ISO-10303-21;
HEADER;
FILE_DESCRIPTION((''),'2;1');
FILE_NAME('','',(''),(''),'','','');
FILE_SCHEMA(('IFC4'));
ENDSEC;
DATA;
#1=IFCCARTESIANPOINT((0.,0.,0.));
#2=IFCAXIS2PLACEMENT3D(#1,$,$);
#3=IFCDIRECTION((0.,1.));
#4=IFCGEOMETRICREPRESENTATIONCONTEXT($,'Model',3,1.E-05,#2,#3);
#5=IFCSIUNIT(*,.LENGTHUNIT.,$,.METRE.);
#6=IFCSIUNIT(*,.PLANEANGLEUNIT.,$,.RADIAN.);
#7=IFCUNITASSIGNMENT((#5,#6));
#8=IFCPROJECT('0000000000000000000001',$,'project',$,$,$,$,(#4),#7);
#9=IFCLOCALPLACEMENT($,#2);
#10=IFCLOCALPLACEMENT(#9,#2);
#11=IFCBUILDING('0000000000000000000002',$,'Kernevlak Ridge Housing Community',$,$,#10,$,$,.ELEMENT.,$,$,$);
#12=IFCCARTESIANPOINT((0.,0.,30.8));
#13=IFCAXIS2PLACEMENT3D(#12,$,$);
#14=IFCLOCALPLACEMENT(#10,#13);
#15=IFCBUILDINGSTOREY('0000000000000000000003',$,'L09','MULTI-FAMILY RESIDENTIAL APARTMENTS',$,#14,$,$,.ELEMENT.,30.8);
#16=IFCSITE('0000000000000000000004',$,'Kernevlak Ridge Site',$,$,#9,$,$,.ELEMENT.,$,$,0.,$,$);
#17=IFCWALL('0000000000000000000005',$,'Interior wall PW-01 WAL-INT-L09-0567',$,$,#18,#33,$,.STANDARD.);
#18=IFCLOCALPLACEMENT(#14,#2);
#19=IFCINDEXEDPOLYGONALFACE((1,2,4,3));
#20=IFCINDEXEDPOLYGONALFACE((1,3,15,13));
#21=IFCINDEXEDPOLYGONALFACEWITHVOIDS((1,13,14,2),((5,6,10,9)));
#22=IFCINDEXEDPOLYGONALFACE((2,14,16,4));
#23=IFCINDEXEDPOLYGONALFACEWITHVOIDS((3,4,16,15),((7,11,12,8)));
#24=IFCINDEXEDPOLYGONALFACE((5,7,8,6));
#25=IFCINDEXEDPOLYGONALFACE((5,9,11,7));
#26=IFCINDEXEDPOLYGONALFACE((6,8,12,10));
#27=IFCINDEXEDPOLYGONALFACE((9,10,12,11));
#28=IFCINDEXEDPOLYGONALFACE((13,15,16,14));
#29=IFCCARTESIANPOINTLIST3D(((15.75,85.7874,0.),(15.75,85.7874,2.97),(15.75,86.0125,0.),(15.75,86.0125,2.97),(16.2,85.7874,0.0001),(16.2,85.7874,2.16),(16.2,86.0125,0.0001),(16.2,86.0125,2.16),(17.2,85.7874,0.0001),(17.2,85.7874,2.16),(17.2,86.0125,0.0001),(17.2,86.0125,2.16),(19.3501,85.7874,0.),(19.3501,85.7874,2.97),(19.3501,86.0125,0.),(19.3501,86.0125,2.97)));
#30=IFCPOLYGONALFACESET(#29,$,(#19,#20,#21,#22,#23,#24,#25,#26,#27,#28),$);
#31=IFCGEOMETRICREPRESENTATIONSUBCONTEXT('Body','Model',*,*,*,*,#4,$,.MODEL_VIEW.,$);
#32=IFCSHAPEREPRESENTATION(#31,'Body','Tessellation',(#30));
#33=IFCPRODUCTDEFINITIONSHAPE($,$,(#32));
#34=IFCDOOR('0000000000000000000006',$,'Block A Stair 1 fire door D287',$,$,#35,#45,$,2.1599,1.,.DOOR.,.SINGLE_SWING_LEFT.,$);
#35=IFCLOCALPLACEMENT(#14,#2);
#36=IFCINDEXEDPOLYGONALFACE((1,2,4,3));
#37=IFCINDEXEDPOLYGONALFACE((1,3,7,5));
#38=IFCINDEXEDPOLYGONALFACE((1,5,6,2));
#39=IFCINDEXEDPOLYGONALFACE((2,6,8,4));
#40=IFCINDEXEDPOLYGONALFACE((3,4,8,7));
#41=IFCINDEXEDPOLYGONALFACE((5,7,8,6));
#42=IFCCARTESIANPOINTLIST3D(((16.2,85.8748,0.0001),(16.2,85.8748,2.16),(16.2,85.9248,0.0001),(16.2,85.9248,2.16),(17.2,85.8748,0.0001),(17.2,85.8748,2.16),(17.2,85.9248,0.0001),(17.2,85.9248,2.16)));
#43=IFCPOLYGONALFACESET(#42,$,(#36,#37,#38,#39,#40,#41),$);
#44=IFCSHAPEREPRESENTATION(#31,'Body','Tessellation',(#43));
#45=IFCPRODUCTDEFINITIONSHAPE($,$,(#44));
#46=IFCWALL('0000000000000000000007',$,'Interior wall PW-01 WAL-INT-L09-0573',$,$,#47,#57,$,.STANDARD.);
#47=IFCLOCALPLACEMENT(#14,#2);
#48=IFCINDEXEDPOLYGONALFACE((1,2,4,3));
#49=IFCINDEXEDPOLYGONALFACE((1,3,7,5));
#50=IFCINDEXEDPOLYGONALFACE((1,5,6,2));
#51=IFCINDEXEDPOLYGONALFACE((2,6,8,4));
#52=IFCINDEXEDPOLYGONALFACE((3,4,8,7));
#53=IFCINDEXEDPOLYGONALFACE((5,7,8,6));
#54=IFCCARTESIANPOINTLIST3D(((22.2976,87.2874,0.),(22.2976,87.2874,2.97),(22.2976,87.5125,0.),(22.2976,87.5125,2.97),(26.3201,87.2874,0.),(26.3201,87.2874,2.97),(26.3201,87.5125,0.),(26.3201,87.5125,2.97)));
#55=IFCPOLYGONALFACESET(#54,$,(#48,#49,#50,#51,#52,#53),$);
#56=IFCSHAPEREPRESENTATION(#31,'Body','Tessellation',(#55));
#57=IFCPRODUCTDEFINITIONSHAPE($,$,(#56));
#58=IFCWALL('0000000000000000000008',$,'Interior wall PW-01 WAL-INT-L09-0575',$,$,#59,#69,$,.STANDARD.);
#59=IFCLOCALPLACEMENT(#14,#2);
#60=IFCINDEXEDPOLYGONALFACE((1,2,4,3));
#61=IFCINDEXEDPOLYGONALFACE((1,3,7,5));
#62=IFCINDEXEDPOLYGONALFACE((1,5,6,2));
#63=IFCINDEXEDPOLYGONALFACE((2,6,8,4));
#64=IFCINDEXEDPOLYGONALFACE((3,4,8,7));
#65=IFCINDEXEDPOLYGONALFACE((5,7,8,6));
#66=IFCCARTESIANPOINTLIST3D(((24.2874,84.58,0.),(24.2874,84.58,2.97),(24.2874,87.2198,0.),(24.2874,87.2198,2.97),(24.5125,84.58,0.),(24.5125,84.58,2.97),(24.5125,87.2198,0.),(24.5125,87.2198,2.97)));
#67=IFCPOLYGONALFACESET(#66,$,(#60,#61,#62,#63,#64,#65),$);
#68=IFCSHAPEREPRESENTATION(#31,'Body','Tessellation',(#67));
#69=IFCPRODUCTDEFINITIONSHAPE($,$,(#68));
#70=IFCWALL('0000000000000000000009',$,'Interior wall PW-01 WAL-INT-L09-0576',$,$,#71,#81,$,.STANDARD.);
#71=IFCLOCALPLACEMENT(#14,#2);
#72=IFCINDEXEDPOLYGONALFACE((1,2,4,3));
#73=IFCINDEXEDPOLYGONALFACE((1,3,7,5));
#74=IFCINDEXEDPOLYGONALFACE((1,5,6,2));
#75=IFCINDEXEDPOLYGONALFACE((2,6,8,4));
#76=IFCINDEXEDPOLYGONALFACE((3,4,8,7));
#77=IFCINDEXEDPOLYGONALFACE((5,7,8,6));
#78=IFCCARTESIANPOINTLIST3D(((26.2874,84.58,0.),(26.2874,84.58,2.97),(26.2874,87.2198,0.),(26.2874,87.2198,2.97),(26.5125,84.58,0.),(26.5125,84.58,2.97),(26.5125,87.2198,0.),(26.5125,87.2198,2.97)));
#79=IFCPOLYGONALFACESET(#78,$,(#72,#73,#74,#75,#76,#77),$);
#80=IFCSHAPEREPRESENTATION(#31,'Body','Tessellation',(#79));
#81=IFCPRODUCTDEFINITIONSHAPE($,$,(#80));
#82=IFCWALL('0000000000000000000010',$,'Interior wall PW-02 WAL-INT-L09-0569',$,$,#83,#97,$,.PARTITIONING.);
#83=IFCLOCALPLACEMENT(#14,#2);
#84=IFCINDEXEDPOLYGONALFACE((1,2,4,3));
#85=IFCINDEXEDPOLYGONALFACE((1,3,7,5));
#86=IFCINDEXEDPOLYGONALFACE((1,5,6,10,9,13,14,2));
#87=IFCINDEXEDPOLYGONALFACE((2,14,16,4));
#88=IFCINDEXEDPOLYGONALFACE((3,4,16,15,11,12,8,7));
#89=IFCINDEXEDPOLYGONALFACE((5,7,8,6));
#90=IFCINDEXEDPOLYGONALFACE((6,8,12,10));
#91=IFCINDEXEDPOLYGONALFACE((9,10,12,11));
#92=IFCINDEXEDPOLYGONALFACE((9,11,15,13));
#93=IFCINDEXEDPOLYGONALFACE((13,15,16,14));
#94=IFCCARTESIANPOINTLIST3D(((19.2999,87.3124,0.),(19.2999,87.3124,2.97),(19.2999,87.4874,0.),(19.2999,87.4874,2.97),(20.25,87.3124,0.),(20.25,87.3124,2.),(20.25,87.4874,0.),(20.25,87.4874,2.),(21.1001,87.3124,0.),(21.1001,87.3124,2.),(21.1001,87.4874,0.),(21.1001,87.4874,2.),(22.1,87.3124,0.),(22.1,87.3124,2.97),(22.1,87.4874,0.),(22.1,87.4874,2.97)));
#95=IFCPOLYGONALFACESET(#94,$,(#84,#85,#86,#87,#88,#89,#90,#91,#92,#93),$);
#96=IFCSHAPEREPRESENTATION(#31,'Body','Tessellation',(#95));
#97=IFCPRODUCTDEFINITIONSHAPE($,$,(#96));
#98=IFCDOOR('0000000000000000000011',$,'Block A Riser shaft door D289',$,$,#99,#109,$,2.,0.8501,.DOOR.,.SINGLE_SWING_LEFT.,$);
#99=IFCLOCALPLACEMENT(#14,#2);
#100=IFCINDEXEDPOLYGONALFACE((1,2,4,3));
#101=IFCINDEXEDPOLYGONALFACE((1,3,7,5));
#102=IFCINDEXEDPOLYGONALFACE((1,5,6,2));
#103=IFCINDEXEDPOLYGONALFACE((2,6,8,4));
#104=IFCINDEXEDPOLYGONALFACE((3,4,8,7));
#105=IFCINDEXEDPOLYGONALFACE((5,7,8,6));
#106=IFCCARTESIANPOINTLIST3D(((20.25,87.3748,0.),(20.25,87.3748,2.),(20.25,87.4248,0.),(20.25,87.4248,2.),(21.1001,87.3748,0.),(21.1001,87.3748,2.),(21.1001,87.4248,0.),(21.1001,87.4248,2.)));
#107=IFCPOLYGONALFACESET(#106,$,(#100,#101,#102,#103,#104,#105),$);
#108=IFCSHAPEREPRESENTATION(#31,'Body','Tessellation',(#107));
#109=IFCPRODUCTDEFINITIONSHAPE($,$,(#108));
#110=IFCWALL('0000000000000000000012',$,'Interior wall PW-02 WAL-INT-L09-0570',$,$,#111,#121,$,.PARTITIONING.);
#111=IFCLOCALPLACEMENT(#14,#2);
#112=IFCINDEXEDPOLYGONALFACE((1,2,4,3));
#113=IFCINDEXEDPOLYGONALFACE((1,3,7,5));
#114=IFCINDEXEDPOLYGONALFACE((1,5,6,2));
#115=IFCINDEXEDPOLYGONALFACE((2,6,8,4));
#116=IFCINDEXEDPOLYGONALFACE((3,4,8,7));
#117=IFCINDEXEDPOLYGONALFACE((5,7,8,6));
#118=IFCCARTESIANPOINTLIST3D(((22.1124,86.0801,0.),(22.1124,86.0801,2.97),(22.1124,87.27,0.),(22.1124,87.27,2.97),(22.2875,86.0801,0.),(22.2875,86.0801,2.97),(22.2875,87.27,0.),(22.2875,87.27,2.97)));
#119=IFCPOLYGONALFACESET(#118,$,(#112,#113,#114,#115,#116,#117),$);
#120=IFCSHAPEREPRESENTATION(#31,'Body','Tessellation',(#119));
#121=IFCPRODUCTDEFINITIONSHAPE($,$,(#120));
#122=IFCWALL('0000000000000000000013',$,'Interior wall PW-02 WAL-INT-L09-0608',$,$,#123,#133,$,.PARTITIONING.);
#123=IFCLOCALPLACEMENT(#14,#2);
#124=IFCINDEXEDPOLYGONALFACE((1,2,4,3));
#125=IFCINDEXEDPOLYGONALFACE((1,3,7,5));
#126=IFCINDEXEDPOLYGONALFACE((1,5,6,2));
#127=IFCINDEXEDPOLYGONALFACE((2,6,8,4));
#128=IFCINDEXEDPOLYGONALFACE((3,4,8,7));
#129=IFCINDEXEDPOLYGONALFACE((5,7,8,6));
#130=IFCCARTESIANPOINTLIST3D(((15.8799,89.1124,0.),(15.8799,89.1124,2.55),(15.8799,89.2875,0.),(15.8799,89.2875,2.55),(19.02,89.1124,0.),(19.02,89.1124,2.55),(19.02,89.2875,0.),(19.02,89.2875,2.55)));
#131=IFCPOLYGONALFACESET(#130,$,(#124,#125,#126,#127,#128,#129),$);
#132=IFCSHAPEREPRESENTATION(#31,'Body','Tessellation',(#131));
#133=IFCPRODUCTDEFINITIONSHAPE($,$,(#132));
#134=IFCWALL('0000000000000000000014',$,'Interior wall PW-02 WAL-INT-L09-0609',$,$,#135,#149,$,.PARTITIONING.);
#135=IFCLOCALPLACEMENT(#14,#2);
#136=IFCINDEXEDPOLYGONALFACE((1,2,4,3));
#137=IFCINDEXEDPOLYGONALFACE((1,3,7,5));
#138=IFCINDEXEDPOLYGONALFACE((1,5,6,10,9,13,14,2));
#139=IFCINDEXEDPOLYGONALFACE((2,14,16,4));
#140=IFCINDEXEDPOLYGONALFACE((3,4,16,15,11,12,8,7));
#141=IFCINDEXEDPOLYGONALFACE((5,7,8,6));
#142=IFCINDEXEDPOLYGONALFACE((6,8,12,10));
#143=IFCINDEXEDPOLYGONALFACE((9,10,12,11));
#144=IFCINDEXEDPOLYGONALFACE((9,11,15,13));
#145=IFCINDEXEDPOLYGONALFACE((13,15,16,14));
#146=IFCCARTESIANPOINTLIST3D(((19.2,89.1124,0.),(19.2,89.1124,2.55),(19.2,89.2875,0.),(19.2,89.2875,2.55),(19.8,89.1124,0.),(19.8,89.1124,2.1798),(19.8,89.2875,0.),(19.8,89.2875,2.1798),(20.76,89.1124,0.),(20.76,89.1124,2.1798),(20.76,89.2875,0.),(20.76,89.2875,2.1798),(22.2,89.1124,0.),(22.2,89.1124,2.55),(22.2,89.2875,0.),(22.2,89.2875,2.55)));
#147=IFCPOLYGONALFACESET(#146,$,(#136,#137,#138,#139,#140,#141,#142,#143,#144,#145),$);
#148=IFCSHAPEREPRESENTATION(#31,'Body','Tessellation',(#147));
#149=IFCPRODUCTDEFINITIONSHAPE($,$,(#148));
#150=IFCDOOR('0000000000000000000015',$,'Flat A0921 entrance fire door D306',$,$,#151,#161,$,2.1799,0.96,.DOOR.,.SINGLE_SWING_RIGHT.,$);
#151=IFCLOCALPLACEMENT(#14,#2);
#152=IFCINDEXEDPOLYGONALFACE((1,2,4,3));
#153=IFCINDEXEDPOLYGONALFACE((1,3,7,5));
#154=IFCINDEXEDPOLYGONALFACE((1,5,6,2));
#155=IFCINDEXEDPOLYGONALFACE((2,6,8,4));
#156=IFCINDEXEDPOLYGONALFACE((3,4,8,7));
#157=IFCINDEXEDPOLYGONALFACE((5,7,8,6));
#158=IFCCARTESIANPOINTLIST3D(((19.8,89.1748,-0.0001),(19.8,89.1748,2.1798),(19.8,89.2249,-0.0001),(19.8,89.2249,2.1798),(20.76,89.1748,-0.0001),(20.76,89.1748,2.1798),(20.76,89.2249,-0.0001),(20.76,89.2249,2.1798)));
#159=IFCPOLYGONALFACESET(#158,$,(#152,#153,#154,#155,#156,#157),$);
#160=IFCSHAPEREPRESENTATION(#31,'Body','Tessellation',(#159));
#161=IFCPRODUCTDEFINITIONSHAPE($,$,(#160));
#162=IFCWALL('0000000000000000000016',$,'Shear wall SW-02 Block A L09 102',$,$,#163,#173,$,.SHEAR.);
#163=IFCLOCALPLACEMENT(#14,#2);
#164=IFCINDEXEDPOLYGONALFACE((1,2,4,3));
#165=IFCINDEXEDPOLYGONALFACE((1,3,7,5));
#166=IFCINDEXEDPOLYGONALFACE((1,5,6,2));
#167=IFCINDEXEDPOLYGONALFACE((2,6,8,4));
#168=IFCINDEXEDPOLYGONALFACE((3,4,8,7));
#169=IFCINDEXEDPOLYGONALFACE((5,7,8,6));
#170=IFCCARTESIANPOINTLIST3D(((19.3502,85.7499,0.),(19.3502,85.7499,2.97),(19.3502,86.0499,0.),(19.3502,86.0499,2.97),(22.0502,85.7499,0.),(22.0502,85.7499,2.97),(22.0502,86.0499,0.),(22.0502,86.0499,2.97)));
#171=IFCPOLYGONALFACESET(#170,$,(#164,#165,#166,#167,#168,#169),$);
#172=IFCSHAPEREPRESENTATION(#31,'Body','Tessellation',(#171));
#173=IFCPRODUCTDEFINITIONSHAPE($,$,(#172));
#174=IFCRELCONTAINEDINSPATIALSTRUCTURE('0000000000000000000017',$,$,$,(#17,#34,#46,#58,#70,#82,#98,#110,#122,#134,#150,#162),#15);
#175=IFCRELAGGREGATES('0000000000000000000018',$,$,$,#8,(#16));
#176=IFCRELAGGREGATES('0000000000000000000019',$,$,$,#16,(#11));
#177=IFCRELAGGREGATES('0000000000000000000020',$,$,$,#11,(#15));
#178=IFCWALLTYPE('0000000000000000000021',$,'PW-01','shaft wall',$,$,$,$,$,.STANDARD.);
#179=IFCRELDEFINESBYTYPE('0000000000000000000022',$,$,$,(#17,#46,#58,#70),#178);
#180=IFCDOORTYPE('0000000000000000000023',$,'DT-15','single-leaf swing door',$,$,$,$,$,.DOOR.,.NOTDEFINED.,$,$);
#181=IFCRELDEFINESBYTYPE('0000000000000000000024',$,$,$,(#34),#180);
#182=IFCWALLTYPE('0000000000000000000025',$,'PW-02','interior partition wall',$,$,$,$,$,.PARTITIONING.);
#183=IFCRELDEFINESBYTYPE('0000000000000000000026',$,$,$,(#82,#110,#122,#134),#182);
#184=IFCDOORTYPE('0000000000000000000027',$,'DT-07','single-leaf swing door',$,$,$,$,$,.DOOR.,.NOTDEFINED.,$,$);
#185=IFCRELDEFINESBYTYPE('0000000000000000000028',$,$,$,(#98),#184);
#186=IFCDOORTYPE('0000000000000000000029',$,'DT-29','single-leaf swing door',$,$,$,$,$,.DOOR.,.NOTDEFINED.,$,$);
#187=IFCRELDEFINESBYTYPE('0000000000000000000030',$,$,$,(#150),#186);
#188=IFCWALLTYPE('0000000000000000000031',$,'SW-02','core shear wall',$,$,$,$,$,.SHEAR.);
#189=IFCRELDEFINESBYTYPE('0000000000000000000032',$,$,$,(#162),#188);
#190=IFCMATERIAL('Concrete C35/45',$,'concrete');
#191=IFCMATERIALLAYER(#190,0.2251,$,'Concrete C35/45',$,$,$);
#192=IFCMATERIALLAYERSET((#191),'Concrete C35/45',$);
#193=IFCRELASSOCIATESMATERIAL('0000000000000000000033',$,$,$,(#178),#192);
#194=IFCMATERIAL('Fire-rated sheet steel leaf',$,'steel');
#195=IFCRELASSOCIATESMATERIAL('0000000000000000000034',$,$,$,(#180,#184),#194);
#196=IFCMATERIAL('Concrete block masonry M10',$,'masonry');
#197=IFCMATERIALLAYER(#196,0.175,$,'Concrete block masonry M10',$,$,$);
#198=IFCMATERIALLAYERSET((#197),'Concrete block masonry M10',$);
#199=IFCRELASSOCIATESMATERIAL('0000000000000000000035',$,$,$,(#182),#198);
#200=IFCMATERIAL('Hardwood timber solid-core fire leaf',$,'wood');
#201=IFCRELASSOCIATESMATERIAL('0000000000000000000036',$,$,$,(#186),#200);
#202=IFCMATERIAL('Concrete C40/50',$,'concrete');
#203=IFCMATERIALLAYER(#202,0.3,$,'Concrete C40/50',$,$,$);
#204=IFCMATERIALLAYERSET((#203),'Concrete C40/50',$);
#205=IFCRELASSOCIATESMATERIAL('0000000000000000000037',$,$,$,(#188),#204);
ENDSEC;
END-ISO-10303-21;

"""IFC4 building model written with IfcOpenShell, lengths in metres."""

from ifc_helpers import new_model, si_unit, direction, frame, frame_2d, origin, place, context, subcontext, project, spatial, rectangle, extrude, material, layer, layer_set, type_object, element, fill, save


model = new_model("IFC4")

# Units and contexts
model_context = context("Model", 3, precision=1e-05, world=origin(), true_north=direction((0.0, 1.0)))
body_context = subcontext(model_context, "Body", "Model", "MODEL_VIEW")
ifc_project = project(units=[si_unit("LENGTHUNIT", "METRE"), si_unit("PLANEANGLEUNIT", "RADIAN")], contexts=[model_context])

# Site, building, storey
site_placement = place(None, origin())
site = spatial("IfcSite", under=ifc_project, at=site_placement, Name="Kernevlak Ridge Site", CompositionType="ELEMENT", RefElevation=0.0)
building_placement = place(site_placement, origin())
building = spatial("IfcBuilding", under=site, at=building_placement, Name="Kernevlak Ridge Housing Community", CompositionType="ELEMENT")
storey_placement = place(building_placement, frame((0.0, 0.0, 30.8)))
storey = spatial("IfcBuildingStorey", under=building, at=storey_placement, Name="L09", Description="MULTI-FAMILY RESIDENTIAL APARTMENTS", CompositionType="ELEMENT", Elevation=30.8)

# Shared definitions
ifc_material_1 = material(Name="Concrete C40/50", Category="concrete")

# Shared definitions
ifc_material_2 = material(Name="Concrete C35/45", Category="concrete")

# Wall, opening, door
ifc_layer_1 = layer(ifc_material_2, 0.2251, Name="Concrete C35/45")
ifc_layer_set_1 = layer_set([ifc_layer_1], Name="Concrete C35/45")
wall_type_1 = type_object("IfcWallType", Name="PW-01", Description="shaft wall", PredefinedType="STANDARD", material=ifc_layer_set_1)
wall_1_placement = place(storey_placement, frame((15.75, 85.8999, 0.0), z_axis=(0.0, 0.0, 1.0), x_axis=(1.0, 0.0, 0.0)))
wall_1 = element("IfcWall", 1, at=wall_1_placement, inside=storey, type_object=wall_type_1, Name="Interior wall PW-01 WAL-INT-L09-0567", PredefinedType="STANDARD", context=body_context, shape_type="SweptSolid", body=[
    extrude(rectangle(XDim=3.6001, YDim=0.2251, at=frame_2d((1.8, 0.0))), origin(), (0.0, 0.0, 1.0), 2.97),
])
opening_1_placement = place(wall_1_placement, frame((0.45, 0.0, 0.0)))
opening_1 = element("IfcOpeningElement", 2, at=opening_1_placement, cuts=wall_1, PredefinedType="OPENING", context=body_context, shape_type="SweptSolid", body=[
    extrude(rectangle(XDim=1.0, YDim=2.1599, at=frame_2d((0.5, 1.0801))), frame((0.0, 0.1226, 0.0), z_axis=(0.0, -1.0, 0.0), x_axis=(1.0, 0.0, 0.0)), (0.0, 0.0, 1.0), 0.2451),
])
ifc_material_3 = material(Name="Fire-rated sheet steel leaf", Category="steel")
door_type_1 = type_object("IfcDoorType", Name="DT-15", Description="single-leaf swing door", OperationType="NOTDEFINED", PredefinedType="DOOR", material=ifc_material_3)
door_1_placement = place(opening_1_placement, origin())
door_1 = element("IfcDoor", 3, at=door_1_placement, inside=storey, type_object=door_type_1, Name="Block A Stair 1 fire door D287", OperationType="SINGLE_SWING_LEFT", OverallHeight=2.1599, OverallWidth=1.0, PredefinedType="DOOR", context=body_context, shape_type="SweptSolid", body=[
    extrude(rectangle(XDim=1.0, YDim=2.1599, at=frame_2d((0.5, 1.0801))), frame((0.0, 0.0249, 0.0), z_axis=(0.0, -1.0, 0.0), x_axis=(1.0, 0.0, 0.0)), (0.0, 0.0, 1.0), 0.05),
])
fill(opening_1, door_1)

# Walls
wall_2_placement = place(storey_placement, frame((22.2976, 87.3999, 0.0), z_axis=(0.0, 0.0, 1.0), x_axis=(1.0, 0.0, 0.0)))
element("IfcWall", 4, at=wall_2_placement, inside=storey, type_object=wall_type_1, Name="Interior wall PW-01 WAL-INT-L09-0573", PredefinedType="STANDARD", context=body_context, shape_type="SweptSolid", body=[
    extrude(rectangle(XDim=4.0225, YDim=0.2251, at=frame_2d((2.0112, 0.0))), origin(), (0.0, 0.0, 1.0), 2.97),
])
for number, where, z_axis, x_axis, name in (
    (5, (24.3999, 84.5801, 0.0), (0.0, 0.0, 1.0), (0.0, 1.0, 0.0), "Interior wall PW-01 WAL-INT-L09-0575"),
    (6, (26.3999, 84.5801, 0.0), (0.0, 0.0, 1.0), (0.0, 1.0, 0.0), "Interior wall PW-01 WAL-INT-L09-0576"),
):
    element("IfcWall", number, at=place(storey_placement, frame(where, z_axis=z_axis, x_axis=x_axis)), inside=storey, type_object=wall_type_1, Name=name, PredefinedType="STANDARD", context=body_context, shape_type="SweptSolid", body=[
        extrude(rectangle(XDim=2.6399, YDim=0.2251, at=frame_2d((1.3198, 0.0))), origin(), (0.0, 0.0, 1.0), 2.97),
    ])

# Wall, opening, door
ifc_material_4 = material(Name="Concrete block masonry M10", Category="masonry")
ifc_layer_2 = layer(ifc_material_4, 0.175, Name="Concrete block masonry M10")
ifc_layer_set_2 = layer_set([ifc_layer_2], Name="Concrete block masonry M10")
wall_type_2 = type_object("IfcWallType", Name="PW-02", Description="interior partition wall", PredefinedType="PARTITIONING", material=ifc_layer_set_2)
wall_3_placement = place(storey_placement, frame((19.3, 87.3999, 0.0), z_axis=(0.0, 0.0, 1.0), x_axis=(1.0, 0.0, 0.0)))
wall_3 = element("IfcWall", 7, at=wall_3_placement, inside=storey, type_object=wall_type_2, Name="Interior wall PW-02 WAL-INT-L09-0569", PredefinedType="PARTITIONING", context=body_context, shape_type="SweptSolid", body=[
    extrude(rectangle(XDim=2.8, YDim=0.175, at=frame_2d((1.3999, 0.0))), origin(), (0.0, 0.0, 1.0), 2.97),
])
opening_2_placement = place(wall_3_placement, frame((0.95, 0.0, 0.0)))
opening_2 = element("IfcOpeningElement", 8, at=opening_2_placement, cuts=wall_3, PredefinedType="OPENING", context=body_context, shape_type="SweptSolid", body=[
    extrude(rectangle(XDim=0.8501, YDim=2.0, at=frame_2d((0.425, 1.0))), frame((0.0, 0.0974, 0.0), z_axis=(0.0, -1.0, 0.0), x_axis=(1.0, 0.0, 0.0)), (0.0, 0.0, 1.0), 0.1951),
])
door_type_2 = type_object("IfcDoorType", Name="DT-07", Description="single-leaf swing door", OperationType="NOTDEFINED", PredefinedType="DOOR", material=ifc_material_3)
door_2_placement = place(opening_2_placement, origin())
door_2 = element("IfcDoor", 9, at=door_2_placement, inside=storey, type_object=door_type_2, Name="Block A Riser shaft door D289", OperationType="SINGLE_SWING_LEFT", OverallHeight=2.0, OverallWidth=0.8501, PredefinedType="DOOR", context=body_context, shape_type="SweptSolid", body=[
    extrude(rectangle(XDim=0.8501, YDim=2.0, at=frame_2d((0.425, 1.0))), frame((0.0, 0.0249, 0.0), z_axis=(0.0, -1.0, 0.0), x_axis=(1.0, 0.0, 0.0)), (0.0, 0.0, 1.0), 0.05),
])
fill(opening_2, door_2)

# Walls
wall_4_placement = place(storey_placement, frame((22.2, 86.0801, 0.0), z_axis=(0.0, 0.0, 1.0), x_axis=(0.0, 1.0, 0.0)))
element("IfcWall", 10, at=wall_4_placement, inside=storey, type_object=wall_type_2, Name="Interior wall PW-02 WAL-INT-L09-0570", PredefinedType="PARTITIONING", context=body_context, shape_type="SweptSolid", body=[
    extrude(rectangle(XDim=1.1899, YDim=0.175, at=frame_2d((0.595, 0.0))), origin(), (0.0, 0.0, 1.0), 2.97),
])
wall_5_placement = place(storey_placement, frame((15.8799, 89.2, 0.0), z_axis=(0.0, 0.0, 1.0), x_axis=(1.0, 0.0, 0.0)))
element("IfcWall", 11, at=wall_5_placement, inside=storey, type_object=wall_type_2, Name="Interior wall PW-02 WAL-INT-L09-0608", PredefinedType="PARTITIONING", context=body_context, shape_type="SweptSolid", body=[
    extrude(rectangle(XDim=3.1401, YDim=0.175, at=frame_2d((1.5701, 0.0))), origin(), (0.0, 0.0, 1.0), 2.55),
])

# Wall, opening, door
wall_6_placement = place(storey_placement, frame((19.2, 89.2, 0.0), z_axis=(0.0, 0.0, 1.0), x_axis=(1.0, 0.0, 0.0)))
wall_6 = element("IfcWall", 12, at=wall_6_placement, inside=storey, type_object=wall_type_2, Name="Interior wall PW-02 WAL-INT-L09-0609", PredefinedType="PARTITIONING", context=body_context, shape_type="SweptSolid", body=[
    extrude(rectangle(XDim=3.0, YDim=0.175, at=frame_2d((1.5, 0.0))), origin(), (0.0, 0.0, 1.0), 2.55),
])
opening_3_placement = place(wall_6_placement, frame((0.6001, 0.0, 0.0)))
opening_3 = element("IfcOpeningElement", 13, at=opening_3_placement, cuts=wall_6, PredefinedType="OPENING", context=body_context, shape_type="SweptSolid", body=[
    extrude(rectangle(XDim=0.96, YDim=2.1799, at=frame_2d((0.48, 1.0898))), frame((0.0, 0.0974, 0.0), z_axis=(0.0, -1.0, 0.0), x_axis=(1.0, 0.0, 0.0)), (0.0, 0.0, 1.0), 0.1951),
])
ifc_material_5 = material(Name="Hardwood timber solid-core fire leaf", Category="wood")
door_type_3 = type_object("IfcDoorType", Name="DT-29", Description="single-leaf swing door", OperationType="NOTDEFINED", PredefinedType="DOOR", material=ifc_material_5)
door_3_placement = place(opening_3_placement, origin())
door_3 = element("IfcDoor", 14, at=door_3_placement, inside=storey, type_object=door_type_3, Name="Flat A0921 entrance fire door D306", OperationType="SINGLE_SWING_RIGHT", OverallHeight=2.1799, OverallWidth=0.96, PredefinedType="DOOR", context=body_context, shape_type="SweptSolid", body=[
    extrude(rectangle(XDim=0.96, YDim=2.1799, at=frame_2d((0.48, 1.0898))), frame((0.0, 0.0249, 0.0), z_axis=(0.0, -1.0, 0.0), x_axis=(1.0, 0.0, 0.0)), (0.0, 0.0, 1.0), 0.05),
])
fill(opening_3, door_3)

# Wall
ifc_layer_3 = layer(ifc_material_1, 0.3, Name="Concrete C40/50")
ifc_layer_set_3 = layer_set([ifc_layer_3], Name="Concrete C40/50")
wall_type_3 = type_object("IfcWallType", Name="SW-02", Description="core shear wall", PredefinedType="SHEAR", material=ifc_layer_set_3)
wall_7_placement = place(storey_placement, frame((19.3501, 85.8999, 0.0), z_axis=(0.0, 0.0, 1.0), x_axis=(1.0, 0.0, 0.0)))
element("IfcWall", 15, at=wall_7_placement, inside=storey, type_object=wall_type_3, Name="Shear wall SW-02 Block A L09 102", PredefinedType="SHEAR", context=body_context, shape_type="SweptSolid", body=[
    extrude(rectangle(XDim=2.7, YDim=0.3, at=frame_2d((1.3501, 0.0))), origin(), (0.0, 0.0, 1.0), 2.97),
])

save(model, "model.ifc")
